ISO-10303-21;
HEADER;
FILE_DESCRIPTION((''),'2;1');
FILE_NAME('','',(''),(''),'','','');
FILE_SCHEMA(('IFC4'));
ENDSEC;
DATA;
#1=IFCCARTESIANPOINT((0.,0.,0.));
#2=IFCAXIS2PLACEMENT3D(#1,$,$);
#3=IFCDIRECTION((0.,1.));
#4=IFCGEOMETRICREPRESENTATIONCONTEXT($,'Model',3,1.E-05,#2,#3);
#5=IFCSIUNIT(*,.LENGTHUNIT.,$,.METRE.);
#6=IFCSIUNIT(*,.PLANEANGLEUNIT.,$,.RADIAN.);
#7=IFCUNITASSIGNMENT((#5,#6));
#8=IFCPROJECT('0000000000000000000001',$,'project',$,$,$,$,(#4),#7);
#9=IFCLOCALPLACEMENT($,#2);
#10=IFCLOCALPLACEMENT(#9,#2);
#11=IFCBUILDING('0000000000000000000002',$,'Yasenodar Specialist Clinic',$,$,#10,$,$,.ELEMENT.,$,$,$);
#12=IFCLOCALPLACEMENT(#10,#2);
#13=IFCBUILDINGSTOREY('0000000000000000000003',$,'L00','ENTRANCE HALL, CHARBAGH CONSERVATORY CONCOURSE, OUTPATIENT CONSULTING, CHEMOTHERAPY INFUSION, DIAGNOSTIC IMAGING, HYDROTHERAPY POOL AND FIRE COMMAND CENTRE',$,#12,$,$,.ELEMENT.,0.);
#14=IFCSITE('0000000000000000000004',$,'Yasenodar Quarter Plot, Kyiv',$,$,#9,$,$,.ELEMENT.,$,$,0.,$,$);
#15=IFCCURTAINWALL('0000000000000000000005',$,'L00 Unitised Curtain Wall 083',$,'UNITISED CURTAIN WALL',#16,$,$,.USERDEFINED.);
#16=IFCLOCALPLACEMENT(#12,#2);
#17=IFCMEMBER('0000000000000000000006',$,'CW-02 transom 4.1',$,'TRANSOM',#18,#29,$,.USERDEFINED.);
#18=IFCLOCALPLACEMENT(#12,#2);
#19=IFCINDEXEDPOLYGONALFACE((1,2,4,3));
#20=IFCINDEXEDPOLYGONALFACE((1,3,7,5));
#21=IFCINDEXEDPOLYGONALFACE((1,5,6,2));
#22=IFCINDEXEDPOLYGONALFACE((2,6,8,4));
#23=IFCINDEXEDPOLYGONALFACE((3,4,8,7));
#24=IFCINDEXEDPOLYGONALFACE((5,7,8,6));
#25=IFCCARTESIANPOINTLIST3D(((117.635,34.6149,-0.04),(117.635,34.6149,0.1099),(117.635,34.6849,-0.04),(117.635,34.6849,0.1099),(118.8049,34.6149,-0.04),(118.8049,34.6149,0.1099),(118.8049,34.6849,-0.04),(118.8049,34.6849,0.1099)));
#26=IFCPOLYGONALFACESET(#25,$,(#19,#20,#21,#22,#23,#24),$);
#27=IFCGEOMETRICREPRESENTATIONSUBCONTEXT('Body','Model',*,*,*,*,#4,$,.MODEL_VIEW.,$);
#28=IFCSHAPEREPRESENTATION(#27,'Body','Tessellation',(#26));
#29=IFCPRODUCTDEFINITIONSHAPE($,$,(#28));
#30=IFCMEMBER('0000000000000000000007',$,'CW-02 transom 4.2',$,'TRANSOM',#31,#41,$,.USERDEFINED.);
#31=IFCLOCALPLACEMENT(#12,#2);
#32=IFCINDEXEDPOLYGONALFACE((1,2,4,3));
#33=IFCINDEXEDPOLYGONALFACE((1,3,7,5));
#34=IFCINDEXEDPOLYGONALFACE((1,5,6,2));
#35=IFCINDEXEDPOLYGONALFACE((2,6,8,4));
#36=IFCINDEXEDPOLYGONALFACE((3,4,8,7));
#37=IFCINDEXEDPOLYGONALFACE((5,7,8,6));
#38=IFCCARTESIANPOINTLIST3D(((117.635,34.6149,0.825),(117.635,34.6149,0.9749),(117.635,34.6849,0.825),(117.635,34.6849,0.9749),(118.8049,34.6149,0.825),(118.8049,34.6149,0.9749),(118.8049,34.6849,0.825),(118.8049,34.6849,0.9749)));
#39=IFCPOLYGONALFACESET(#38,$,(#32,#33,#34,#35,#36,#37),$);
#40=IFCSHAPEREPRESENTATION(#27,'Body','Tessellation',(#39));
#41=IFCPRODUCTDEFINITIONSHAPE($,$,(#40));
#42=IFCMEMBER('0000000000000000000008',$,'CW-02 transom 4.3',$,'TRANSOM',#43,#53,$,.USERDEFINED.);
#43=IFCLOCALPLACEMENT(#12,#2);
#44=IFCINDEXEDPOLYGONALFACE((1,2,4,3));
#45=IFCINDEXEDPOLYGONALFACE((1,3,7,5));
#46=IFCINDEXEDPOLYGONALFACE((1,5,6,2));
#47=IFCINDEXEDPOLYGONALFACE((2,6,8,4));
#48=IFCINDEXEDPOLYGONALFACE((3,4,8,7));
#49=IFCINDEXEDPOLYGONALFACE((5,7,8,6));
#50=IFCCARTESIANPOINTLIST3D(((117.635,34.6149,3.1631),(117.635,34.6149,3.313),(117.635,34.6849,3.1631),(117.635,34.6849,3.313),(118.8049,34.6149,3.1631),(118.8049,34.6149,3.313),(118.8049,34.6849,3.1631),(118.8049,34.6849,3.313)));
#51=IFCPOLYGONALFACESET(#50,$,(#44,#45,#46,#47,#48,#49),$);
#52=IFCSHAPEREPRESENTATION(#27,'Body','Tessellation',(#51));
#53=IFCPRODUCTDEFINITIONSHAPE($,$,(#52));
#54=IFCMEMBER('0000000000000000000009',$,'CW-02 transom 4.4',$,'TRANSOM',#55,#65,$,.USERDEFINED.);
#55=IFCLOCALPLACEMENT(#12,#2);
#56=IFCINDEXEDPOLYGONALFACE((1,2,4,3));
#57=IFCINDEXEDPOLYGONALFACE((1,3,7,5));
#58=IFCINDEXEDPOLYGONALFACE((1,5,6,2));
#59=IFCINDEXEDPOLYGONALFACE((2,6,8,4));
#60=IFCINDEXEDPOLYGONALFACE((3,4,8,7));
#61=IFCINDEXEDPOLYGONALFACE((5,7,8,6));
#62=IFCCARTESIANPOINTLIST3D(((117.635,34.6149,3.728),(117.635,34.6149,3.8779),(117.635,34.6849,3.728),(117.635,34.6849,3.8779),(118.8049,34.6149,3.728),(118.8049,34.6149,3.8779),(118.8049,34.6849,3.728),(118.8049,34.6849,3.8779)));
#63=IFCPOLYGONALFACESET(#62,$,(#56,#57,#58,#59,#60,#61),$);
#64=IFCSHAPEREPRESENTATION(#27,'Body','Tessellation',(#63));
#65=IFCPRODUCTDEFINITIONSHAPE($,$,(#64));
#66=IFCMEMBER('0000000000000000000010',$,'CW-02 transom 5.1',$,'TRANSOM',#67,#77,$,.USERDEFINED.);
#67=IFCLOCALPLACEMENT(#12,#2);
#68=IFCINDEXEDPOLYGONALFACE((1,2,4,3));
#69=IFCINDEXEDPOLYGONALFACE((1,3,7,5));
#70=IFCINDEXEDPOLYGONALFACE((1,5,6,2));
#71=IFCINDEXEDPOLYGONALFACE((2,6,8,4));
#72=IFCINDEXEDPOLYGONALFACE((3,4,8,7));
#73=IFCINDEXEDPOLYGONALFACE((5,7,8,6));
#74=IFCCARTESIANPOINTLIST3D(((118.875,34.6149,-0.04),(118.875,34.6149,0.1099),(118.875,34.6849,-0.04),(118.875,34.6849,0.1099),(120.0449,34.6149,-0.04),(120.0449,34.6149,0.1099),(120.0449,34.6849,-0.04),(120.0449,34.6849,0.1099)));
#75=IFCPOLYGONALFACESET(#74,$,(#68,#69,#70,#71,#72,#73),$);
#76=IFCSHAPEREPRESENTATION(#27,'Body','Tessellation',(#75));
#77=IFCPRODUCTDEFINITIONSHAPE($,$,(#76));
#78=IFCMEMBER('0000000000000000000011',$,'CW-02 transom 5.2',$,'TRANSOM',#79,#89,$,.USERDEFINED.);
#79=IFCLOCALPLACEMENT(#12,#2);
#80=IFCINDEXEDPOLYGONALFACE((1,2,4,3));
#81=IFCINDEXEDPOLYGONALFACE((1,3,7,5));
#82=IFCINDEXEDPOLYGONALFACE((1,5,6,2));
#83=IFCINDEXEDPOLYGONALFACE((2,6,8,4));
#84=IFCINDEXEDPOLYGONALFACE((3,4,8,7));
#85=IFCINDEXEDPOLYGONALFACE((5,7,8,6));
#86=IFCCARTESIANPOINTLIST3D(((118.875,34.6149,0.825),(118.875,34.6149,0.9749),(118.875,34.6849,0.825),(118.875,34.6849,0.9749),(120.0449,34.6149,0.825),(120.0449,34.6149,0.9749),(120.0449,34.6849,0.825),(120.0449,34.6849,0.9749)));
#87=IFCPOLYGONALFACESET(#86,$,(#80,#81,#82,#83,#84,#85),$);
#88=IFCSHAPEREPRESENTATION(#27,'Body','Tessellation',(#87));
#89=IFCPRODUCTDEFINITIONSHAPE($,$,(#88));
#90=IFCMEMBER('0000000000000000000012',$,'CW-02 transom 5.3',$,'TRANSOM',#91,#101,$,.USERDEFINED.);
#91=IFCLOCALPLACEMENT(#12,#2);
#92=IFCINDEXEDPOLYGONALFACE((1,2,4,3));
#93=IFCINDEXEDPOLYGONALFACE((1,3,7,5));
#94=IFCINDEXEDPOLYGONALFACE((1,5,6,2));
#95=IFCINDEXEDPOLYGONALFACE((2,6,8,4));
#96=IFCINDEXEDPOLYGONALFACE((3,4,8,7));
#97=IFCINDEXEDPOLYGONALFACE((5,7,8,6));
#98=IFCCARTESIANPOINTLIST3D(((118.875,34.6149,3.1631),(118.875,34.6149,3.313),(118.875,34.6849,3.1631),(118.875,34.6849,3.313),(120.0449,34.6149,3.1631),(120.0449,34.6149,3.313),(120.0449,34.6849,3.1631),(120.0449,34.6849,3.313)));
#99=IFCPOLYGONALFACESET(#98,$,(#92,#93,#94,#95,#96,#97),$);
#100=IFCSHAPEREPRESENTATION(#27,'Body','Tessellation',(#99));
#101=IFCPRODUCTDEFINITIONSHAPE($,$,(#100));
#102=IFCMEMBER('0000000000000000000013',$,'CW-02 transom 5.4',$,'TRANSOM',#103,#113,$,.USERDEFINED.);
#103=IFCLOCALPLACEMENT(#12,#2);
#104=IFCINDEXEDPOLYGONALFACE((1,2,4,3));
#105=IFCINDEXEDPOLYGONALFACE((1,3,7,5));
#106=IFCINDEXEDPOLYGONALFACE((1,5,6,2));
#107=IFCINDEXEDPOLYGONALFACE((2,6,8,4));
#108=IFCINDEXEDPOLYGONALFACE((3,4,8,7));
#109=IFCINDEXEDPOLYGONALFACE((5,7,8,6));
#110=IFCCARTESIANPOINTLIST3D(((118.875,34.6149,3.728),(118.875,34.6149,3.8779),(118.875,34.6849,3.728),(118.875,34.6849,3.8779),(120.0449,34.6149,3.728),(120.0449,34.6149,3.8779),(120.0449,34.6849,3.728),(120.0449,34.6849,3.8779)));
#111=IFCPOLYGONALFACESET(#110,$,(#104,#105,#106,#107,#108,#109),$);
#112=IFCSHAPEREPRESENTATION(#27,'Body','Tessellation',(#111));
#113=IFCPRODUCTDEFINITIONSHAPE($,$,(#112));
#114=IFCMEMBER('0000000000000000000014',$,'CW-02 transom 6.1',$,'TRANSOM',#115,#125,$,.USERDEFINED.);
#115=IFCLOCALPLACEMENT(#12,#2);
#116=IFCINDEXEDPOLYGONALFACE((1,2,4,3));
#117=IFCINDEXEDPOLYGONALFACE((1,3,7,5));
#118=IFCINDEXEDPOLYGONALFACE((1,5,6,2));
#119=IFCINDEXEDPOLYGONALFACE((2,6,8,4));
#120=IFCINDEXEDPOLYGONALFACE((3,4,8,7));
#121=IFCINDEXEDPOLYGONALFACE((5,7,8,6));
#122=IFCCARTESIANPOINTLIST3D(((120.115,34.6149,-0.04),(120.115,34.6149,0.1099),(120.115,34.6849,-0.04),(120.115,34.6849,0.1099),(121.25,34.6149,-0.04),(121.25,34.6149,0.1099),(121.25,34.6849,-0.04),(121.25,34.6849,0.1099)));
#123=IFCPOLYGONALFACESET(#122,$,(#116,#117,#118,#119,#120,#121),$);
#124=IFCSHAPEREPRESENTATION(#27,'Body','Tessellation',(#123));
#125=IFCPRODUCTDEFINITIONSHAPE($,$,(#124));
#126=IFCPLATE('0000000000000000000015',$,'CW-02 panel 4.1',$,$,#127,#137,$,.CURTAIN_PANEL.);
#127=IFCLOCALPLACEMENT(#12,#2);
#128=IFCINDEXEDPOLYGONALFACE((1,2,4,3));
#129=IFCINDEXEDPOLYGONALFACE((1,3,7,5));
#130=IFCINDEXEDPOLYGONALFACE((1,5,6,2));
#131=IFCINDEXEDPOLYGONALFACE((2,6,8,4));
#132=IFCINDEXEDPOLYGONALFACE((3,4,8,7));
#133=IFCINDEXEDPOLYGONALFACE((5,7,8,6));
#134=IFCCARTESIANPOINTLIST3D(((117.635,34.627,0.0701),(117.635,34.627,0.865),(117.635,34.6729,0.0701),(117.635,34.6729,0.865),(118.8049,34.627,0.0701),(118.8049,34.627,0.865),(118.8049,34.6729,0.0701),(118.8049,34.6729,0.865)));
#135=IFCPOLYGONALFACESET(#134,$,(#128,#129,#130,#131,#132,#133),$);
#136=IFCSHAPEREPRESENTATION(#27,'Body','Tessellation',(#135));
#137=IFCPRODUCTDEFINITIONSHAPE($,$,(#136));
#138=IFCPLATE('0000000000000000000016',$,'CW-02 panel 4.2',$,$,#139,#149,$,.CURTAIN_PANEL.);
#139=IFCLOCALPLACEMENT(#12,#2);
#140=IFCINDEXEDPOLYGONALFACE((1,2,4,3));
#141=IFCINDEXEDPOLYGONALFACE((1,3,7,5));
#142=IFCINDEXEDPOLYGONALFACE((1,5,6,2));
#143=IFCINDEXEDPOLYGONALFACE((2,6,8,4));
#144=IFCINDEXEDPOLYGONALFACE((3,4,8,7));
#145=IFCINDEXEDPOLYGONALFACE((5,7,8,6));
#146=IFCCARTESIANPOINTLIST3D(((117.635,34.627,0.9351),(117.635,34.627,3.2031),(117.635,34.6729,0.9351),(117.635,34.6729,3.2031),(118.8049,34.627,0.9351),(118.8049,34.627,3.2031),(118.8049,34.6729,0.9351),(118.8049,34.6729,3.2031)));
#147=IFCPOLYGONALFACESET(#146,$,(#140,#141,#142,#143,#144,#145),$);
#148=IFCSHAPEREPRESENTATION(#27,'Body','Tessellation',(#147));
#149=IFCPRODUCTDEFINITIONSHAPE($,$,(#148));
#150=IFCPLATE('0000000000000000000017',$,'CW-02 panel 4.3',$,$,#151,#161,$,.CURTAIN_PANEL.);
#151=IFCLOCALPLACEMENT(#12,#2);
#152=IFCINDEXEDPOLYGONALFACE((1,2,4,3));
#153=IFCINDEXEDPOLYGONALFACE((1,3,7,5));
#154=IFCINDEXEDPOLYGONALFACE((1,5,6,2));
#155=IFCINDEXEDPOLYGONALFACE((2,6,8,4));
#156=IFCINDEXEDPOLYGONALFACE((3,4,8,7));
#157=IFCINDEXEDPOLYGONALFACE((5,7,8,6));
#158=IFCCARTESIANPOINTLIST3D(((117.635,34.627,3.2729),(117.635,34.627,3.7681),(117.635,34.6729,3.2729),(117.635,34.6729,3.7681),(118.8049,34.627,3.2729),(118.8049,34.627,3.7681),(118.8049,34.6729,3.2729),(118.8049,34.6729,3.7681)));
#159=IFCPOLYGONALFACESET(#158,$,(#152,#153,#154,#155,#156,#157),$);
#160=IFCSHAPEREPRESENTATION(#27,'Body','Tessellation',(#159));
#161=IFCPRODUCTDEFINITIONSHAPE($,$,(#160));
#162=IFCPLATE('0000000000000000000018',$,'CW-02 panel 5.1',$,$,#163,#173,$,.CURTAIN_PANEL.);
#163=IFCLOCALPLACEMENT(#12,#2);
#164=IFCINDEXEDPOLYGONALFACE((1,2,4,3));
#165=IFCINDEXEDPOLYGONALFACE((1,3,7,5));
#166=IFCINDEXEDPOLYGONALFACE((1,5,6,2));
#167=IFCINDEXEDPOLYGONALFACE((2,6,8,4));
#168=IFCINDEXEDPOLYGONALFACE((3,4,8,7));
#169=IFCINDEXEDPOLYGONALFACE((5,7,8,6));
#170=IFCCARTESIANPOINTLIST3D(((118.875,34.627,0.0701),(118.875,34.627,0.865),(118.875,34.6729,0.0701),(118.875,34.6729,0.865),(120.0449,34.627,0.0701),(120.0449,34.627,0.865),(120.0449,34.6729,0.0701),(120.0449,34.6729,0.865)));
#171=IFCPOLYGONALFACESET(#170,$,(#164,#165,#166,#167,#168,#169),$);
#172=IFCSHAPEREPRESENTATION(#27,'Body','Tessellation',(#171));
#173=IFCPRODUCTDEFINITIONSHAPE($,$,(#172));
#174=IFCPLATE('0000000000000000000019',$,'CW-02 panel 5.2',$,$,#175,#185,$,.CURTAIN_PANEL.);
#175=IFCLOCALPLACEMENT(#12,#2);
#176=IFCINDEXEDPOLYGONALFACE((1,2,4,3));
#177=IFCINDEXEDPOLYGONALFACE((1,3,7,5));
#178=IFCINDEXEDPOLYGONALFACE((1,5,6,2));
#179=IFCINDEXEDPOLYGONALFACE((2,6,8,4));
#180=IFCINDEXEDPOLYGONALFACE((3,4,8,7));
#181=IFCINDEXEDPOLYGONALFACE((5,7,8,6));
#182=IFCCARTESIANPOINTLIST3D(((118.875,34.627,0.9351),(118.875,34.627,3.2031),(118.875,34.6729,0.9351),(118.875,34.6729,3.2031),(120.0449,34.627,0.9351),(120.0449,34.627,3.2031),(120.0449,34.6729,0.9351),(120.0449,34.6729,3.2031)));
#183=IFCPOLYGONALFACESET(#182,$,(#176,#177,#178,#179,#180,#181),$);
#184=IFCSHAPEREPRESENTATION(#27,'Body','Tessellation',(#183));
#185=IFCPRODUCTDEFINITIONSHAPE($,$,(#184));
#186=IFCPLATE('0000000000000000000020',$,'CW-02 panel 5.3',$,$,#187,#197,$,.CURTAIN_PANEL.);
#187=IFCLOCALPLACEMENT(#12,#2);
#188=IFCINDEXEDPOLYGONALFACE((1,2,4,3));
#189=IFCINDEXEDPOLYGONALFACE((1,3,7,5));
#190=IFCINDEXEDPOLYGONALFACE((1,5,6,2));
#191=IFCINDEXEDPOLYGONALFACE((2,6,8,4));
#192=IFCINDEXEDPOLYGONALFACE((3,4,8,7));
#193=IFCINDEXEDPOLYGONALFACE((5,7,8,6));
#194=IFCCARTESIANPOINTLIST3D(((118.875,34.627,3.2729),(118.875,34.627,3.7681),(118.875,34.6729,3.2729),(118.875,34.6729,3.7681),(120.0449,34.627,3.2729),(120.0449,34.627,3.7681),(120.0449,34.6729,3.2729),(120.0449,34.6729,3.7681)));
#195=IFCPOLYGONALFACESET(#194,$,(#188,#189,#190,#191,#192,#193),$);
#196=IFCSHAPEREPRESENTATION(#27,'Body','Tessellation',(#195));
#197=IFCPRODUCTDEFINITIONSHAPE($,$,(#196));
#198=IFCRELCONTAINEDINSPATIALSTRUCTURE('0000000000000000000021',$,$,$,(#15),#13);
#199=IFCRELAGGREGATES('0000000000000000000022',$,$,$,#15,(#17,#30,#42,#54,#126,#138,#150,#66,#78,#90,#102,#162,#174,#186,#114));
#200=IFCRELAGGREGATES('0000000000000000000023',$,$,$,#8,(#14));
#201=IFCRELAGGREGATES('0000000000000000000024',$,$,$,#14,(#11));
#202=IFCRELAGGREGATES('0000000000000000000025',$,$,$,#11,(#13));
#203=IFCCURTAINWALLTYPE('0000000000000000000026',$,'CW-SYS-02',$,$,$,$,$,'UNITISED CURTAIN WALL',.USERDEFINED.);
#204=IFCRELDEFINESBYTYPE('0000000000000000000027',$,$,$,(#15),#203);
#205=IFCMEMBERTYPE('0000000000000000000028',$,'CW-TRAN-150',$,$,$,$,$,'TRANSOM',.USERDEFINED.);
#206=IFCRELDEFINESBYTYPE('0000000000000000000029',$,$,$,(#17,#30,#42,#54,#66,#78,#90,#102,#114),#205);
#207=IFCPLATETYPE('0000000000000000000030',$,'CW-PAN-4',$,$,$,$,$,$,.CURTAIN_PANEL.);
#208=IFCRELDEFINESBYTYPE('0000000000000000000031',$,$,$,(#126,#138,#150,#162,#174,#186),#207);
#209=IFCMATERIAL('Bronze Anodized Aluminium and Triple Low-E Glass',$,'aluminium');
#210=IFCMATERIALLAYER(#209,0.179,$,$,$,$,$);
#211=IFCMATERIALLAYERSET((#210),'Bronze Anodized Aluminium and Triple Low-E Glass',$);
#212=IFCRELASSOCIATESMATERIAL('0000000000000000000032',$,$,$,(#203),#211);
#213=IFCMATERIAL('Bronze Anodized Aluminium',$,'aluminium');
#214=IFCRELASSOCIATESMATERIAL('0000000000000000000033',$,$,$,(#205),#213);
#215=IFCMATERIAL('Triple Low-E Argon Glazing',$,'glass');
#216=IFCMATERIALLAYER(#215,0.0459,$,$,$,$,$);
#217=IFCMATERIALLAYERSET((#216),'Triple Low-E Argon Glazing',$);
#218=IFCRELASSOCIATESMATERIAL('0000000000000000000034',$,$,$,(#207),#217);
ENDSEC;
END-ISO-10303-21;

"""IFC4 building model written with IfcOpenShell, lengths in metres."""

from ifc_helpers import new_model, si_unit, direction, frame, origin, origin_2d, place, context, subcontext, project, spatial, rectangle, extrude, material, layer, layer_set, material_profile, profile_set, type_object, element, aggregate, save


model = new_model("IFC4")

# Units and contexts
model_context = context("Model", 3, precision=1e-05, world=origin(), true_north=direction((0.0, 1.0)))
body_context = subcontext(model_context, "Body", "Model", "MODEL_VIEW")
ifc_project = project(units=[si_unit("LENGTHUNIT", "METRE"), si_unit("PLANEANGLEUNIT", "RADIAN")], contexts=[model_context])

# Site, building, storey
site_placement = place(None, origin())
site = spatial("IfcSite", under=ifc_project, at=site_placement, Name="Yasenodar Quarter Plot, Kyiv", CompositionType="ELEMENT", RefElevation=0.0)
building_placement = place(site_placement, origin())
building = spatial("IfcBuilding", under=site, at=building_placement, Name="Yasenodar Specialist Clinic", CompositionType="ELEMENT")
storey_placement = place(building_placement, origin())
storey = spatial("IfcBuildingStorey", under=building, at=storey_placement, Name="L00", Description="ENTRANCE HALL, CHARBAGH CONSERVATORY CONCOURSE, OUTPATIENT CONSULTING, CHEMOTHERAPY INFUSION, DIAGNOSTIC IMAGING, HYDROTHERAPY POOL AND FIRE COMMAND CENTRE", CompositionType="ELEMENT", Elevation=0.0)

# Curtain wall, members, plates
ifc_material_1 = material(Name="Bronze Anodized Aluminium and Triple Low-E Glass", Category="aluminium")
ifc_layer_1 = layer(ifc_material_1, 0.179)
ifc_layer_set_1 = layer_set([ifc_layer_1], Name="Bronze Anodized Aluminium and Triple Low-E Glass")
curtain_wall_type = type_object("IfcCurtainWallType", Name="CW-SYS-02", ElementType="UNITISED CURTAIN WALL", PredefinedType="USERDEFINED", material=ifc_layer_set_1)
curtain_wall_placement = place(storey_placement, origin())
curtain_wall = element("IfcCurtainWall", 1, at=curtain_wall_placement, inside=storey, type_object=curtain_wall_type, Name="L00 Unitised Curtain Wall 083", ObjectType="UNITISED CURTAIN WALL", PredefinedType="USERDEFINED")
ifc_material_2 = material(Name="Bronze Anodized Aluminium", Category="aluminium")
ifc_material_profile_1 = material_profile(ifc_material_2, rectangle(XDim=0.0701, YDim=0.1499, at=origin_2d()), Name="CW-TRAN 70x150")
ifc_profile_set_1 = profile_set([ifc_material_profile_1], Name="Bronze Anodized Aluminium")
member_type_1 = type_object("IfcMemberType", Name="CW-TRAN-150", ElementType="TRANSOM", PredefinedType="USERDEFINED", material=ifc_profile_set_1)
member_1_placement = place(storey_placement, frame((117.635, 34.6499, 0.0349), z_axis=(1.0, 0.0, 0.0), x_axis=(0.0, 1.0, 0.0)))
member_1 = element("IfcMember", 2, at=member_1_placement, type_object=member_type_1, Name="CW-02 transom 4.1", ObjectType="TRANSOM", PredefinedType="USERDEFINED", context=body_context, shape_type="SweptSolid", body=[
    extrude(rectangle(XDim=0.0701, YDim=0.1499, at=origin_2d()), origin(), (0.0, 0.0, 1.0), 1.1699),
])
member_2_placement = place(storey_placement, frame((117.635, 34.6499, 0.8999), z_axis=(1.0, 0.0, 0.0), x_axis=(0.0, 1.0, 0.0)))
member_2 = element("IfcMember", 3, at=member_2_placement, type_object=member_type_1, Name="CW-02 transom 4.2", ObjectType="TRANSOM", PredefinedType="USERDEFINED", context=body_context, shape_type="SweptSolid", body=[
    extrude(rectangle(XDim=0.0701, YDim=0.1499, at=origin_2d()), origin(), (0.0, 0.0, 1.0), 1.1699),
])
member_3_placement = place(storey_placement, frame((117.635, 34.6499, 3.238), z_axis=(1.0, 0.0, 0.0), x_axis=(0.0, 1.0, 0.0)))
member_3 = element("IfcMember", 4, at=member_3_placement, type_object=member_type_1, Name="CW-02 transom 4.3", ObjectType="TRANSOM", PredefinedType="USERDEFINED", context=body_context, shape_type="SweptSolid", body=[
    extrude(rectangle(XDim=0.0701, YDim=0.1499, at=origin_2d()), origin(), (0.0, 0.0, 1.0), 1.1699),
])
member_4_placement = place(storey_placement, frame((117.635, 34.6499, 3.803), z_axis=(1.0, 0.0, 0.0), x_axis=(0.0, 1.0, 0.0)))
member_4 = element("IfcMember", 5, at=member_4_placement, type_object=member_type_1, Name="CW-02 transom 4.4", ObjectType="TRANSOM", PredefinedType="USERDEFINED", context=body_context, shape_type="SweptSolid", body=[
    extrude(rectangle(XDim=0.0701, YDim=0.1499, at=origin_2d()), origin(), (0.0, 0.0, 1.0), 1.1699),
])
member_5_placement = place(storey_placement, frame((118.875, 34.6499, 0.0349), z_axis=(1.0, 0.0, 0.0), x_axis=(0.0, 1.0, 0.0)))
member_5 = element("IfcMember", 6, at=member_5_placement, type_object=member_type_1, Name="CW-02 transom 5.1", ObjectType="TRANSOM", PredefinedType="USERDEFINED", context=body_context, shape_type="SweptSolid", body=[
    extrude(rectangle(XDim=0.0701, YDim=0.1499, at=origin_2d()), origin(), (0.0, 0.0, 1.0), 1.1699),
])
member_6_placement = place(storey_placement, frame((118.875, 34.6499, 0.8999), z_axis=(1.0, 0.0, 0.0), x_axis=(0.0, 1.0, 0.0)))
member_6 = element("IfcMember", 7, at=member_6_placement, type_object=member_type_1, Name="CW-02 transom 5.2", ObjectType="TRANSOM", PredefinedType="USERDEFINED", context=body_context, shape_type="SweptSolid", body=[
    extrude(rectangle(XDim=0.0701, YDim=0.1499, at=origin_2d()), origin(), (0.0, 0.0, 1.0), 1.1699),
])
member_7_placement = place(storey_placement, frame((118.875, 34.6499, 3.238), z_axis=(1.0, 0.0, 0.0), x_axis=(0.0, 1.0, 0.0)))
member_7 = element("IfcMember", 8, at=member_7_placement, type_object=member_type_1, Name="CW-02 transom 5.3", ObjectType="TRANSOM", PredefinedType="USERDEFINED", context=body_context, shape_type="SweptSolid", body=[
    extrude(rectangle(XDim=0.0701, YDim=0.1499, at=origin_2d()), origin(), (0.0, 0.0, 1.0), 1.1699),
])
member_8_placement = place(storey_placement, frame((118.875, 34.6499, 3.803), z_axis=(1.0, 0.0, 0.0), x_axis=(0.0, 1.0, 0.0)))
member_8 = element("IfcMember", 9, at=member_8_placement, type_object=member_type_1, Name="CW-02 transom 5.4", ObjectType="TRANSOM", PredefinedType="USERDEFINED", context=body_context, shape_type="SweptSolid", body=[
    extrude(rectangle(XDim=0.0701, YDim=0.1499, at=origin_2d()), origin(), (0.0, 0.0, 1.0), 1.1699),
])
member_9_placement = place(storey_placement, frame((120.115, 34.6499, 0.0349), z_axis=(1.0, 0.0, 0.0), x_axis=(0.0, 1.0, 0.0)))
member_9 = element("IfcMember", 10, at=member_9_placement, type_object=member_type_1, Name="CW-02 transom 6.1", ObjectType="TRANSOM", PredefinedType="USERDEFINED", context=body_context, shape_type="SweptSolid", body=[
    extrude(rectangle(XDim=0.0701, YDim=0.1499, at=origin_2d()), origin(), (0.0, 0.0, 1.0), 1.135),
])
ifc_material_3 = material(Name="Triple Low-E Argon Glazing", Category="glass")
ifc_layer_2 = layer(ifc_material_3, 0.0459)
ifc_layer_set_2 = layer_set([ifc_layer_2], Name="Triple Low-E Argon Glazing")
plate_type = type_object("IfcPlateType", Name="CW-PAN-4", PredefinedType="CURTAIN_PANEL", material=ifc_layer_set_2)
plate_1_placement = place(storey_placement, frame((118.22, 34.6499, 0.0701), z_axis=(0.0, 0.0, 1.0), x_axis=(1.0, 0.0, 0.0)))
plate_1 = element("IfcPlate", 11, at=plate_1_placement, type_object=plate_type, Name="CW-02 panel 4.1", PredefinedType="CURTAIN_PANEL", context=body_context, shape_type="SweptSolid", body=[
    extrude(rectangle(XDim=1.1699, YDim=0.0459, at=origin_2d()), origin(), (0.0, 0.0, 1.0), 0.7949),
])
plate_2_placement = place(storey_placement, frame((118.22, 34.6499, 0.9351), z_axis=(0.0, 0.0, 1.0), x_axis=(1.0, 0.0, 0.0)))
plate_2 = element("IfcPlate", 12, at=plate_2_placement, type_object=plate_type, Name="CW-02 panel 4.2", PredefinedType="CURTAIN_PANEL", context=body_context, shape_type="SweptSolid", body=[
    extrude(rectangle(XDim=1.1699, YDim=0.0459, at=origin_2d()), origin(), (0.0, 0.0, 1.0), 2.2681),
])
plate_3_placement = place(storey_placement, frame((118.22, 34.6499, 3.2729), z_axis=(0.0, 0.0, 1.0), x_axis=(1.0, 0.0, 0.0)))
plate_3 = element("IfcPlate", 13, at=plate_3_placement, type_object=plate_type, Name="CW-02 panel 4.3", PredefinedType="CURTAIN_PANEL", context=body_context, shape_type="SweptSolid", body=[
    extrude(rectangle(XDim=1.1699, YDim=0.0459, at=origin_2d()), origin(), (0.0, 0.0, 1.0), 0.4951),
])
plate_4_placement = place(storey_placement, frame((119.46, 34.6499, 0.0701), z_axis=(0.0, 0.0, 1.0), x_axis=(1.0, 0.0, 0.0)))
plate_4 = element("IfcPlate", 14, at=plate_4_placement, type_object=plate_type, Name="CW-02 panel 5.1", PredefinedType="CURTAIN_PANEL", context=body_context, shape_type="SweptSolid", body=[
    extrude(rectangle(XDim=1.1699, YDim=0.0459, at=origin_2d()), origin(), (0.0, 0.0, 1.0), 0.7949),
])
plate_5_placement = place(storey_placement, frame((119.46, 34.6499, 0.9351), z_axis=(0.0, 0.0, 1.0), x_axis=(1.0, 0.0, 0.0)))
plate_5 = element("IfcPlate", 15, at=plate_5_placement, type_object=plate_type, Name="CW-02 panel 5.2", PredefinedType="CURTAIN_PANEL", context=body_context, shape_type="SweptSolid", body=[
    extrude(rectangle(XDim=1.1699, YDim=0.0459, at=origin_2d()), origin(), (0.0, 0.0, 1.0), 2.2681),
])
plate_6_placement = place(storey_placement, frame((119.46, 34.6499, 3.2729), z_axis=(0.0, 0.0, 1.0), x_axis=(1.0, 0.0, 0.0)))
plate_6 = element("IfcPlate", 16, at=plate_6_placement, type_object=plate_type, Name="CW-02 panel 5.3", PredefinedType="CURTAIN_PANEL", context=body_context, shape_type="SweptSolid", body=[
    extrude(rectangle(XDim=1.1699, YDim=0.0459, at=origin_2d()), origin(), (0.0, 0.0, 1.0), 0.4951),
])
aggregate(curtain_wall, [member_1, member_2, member_3, member_4, plate_1, plate_2, plate_3, member_5, member_6, member_7, member_8, plate_4, plate_5, plate_6, member_9])

save(model, "model.ifc")
